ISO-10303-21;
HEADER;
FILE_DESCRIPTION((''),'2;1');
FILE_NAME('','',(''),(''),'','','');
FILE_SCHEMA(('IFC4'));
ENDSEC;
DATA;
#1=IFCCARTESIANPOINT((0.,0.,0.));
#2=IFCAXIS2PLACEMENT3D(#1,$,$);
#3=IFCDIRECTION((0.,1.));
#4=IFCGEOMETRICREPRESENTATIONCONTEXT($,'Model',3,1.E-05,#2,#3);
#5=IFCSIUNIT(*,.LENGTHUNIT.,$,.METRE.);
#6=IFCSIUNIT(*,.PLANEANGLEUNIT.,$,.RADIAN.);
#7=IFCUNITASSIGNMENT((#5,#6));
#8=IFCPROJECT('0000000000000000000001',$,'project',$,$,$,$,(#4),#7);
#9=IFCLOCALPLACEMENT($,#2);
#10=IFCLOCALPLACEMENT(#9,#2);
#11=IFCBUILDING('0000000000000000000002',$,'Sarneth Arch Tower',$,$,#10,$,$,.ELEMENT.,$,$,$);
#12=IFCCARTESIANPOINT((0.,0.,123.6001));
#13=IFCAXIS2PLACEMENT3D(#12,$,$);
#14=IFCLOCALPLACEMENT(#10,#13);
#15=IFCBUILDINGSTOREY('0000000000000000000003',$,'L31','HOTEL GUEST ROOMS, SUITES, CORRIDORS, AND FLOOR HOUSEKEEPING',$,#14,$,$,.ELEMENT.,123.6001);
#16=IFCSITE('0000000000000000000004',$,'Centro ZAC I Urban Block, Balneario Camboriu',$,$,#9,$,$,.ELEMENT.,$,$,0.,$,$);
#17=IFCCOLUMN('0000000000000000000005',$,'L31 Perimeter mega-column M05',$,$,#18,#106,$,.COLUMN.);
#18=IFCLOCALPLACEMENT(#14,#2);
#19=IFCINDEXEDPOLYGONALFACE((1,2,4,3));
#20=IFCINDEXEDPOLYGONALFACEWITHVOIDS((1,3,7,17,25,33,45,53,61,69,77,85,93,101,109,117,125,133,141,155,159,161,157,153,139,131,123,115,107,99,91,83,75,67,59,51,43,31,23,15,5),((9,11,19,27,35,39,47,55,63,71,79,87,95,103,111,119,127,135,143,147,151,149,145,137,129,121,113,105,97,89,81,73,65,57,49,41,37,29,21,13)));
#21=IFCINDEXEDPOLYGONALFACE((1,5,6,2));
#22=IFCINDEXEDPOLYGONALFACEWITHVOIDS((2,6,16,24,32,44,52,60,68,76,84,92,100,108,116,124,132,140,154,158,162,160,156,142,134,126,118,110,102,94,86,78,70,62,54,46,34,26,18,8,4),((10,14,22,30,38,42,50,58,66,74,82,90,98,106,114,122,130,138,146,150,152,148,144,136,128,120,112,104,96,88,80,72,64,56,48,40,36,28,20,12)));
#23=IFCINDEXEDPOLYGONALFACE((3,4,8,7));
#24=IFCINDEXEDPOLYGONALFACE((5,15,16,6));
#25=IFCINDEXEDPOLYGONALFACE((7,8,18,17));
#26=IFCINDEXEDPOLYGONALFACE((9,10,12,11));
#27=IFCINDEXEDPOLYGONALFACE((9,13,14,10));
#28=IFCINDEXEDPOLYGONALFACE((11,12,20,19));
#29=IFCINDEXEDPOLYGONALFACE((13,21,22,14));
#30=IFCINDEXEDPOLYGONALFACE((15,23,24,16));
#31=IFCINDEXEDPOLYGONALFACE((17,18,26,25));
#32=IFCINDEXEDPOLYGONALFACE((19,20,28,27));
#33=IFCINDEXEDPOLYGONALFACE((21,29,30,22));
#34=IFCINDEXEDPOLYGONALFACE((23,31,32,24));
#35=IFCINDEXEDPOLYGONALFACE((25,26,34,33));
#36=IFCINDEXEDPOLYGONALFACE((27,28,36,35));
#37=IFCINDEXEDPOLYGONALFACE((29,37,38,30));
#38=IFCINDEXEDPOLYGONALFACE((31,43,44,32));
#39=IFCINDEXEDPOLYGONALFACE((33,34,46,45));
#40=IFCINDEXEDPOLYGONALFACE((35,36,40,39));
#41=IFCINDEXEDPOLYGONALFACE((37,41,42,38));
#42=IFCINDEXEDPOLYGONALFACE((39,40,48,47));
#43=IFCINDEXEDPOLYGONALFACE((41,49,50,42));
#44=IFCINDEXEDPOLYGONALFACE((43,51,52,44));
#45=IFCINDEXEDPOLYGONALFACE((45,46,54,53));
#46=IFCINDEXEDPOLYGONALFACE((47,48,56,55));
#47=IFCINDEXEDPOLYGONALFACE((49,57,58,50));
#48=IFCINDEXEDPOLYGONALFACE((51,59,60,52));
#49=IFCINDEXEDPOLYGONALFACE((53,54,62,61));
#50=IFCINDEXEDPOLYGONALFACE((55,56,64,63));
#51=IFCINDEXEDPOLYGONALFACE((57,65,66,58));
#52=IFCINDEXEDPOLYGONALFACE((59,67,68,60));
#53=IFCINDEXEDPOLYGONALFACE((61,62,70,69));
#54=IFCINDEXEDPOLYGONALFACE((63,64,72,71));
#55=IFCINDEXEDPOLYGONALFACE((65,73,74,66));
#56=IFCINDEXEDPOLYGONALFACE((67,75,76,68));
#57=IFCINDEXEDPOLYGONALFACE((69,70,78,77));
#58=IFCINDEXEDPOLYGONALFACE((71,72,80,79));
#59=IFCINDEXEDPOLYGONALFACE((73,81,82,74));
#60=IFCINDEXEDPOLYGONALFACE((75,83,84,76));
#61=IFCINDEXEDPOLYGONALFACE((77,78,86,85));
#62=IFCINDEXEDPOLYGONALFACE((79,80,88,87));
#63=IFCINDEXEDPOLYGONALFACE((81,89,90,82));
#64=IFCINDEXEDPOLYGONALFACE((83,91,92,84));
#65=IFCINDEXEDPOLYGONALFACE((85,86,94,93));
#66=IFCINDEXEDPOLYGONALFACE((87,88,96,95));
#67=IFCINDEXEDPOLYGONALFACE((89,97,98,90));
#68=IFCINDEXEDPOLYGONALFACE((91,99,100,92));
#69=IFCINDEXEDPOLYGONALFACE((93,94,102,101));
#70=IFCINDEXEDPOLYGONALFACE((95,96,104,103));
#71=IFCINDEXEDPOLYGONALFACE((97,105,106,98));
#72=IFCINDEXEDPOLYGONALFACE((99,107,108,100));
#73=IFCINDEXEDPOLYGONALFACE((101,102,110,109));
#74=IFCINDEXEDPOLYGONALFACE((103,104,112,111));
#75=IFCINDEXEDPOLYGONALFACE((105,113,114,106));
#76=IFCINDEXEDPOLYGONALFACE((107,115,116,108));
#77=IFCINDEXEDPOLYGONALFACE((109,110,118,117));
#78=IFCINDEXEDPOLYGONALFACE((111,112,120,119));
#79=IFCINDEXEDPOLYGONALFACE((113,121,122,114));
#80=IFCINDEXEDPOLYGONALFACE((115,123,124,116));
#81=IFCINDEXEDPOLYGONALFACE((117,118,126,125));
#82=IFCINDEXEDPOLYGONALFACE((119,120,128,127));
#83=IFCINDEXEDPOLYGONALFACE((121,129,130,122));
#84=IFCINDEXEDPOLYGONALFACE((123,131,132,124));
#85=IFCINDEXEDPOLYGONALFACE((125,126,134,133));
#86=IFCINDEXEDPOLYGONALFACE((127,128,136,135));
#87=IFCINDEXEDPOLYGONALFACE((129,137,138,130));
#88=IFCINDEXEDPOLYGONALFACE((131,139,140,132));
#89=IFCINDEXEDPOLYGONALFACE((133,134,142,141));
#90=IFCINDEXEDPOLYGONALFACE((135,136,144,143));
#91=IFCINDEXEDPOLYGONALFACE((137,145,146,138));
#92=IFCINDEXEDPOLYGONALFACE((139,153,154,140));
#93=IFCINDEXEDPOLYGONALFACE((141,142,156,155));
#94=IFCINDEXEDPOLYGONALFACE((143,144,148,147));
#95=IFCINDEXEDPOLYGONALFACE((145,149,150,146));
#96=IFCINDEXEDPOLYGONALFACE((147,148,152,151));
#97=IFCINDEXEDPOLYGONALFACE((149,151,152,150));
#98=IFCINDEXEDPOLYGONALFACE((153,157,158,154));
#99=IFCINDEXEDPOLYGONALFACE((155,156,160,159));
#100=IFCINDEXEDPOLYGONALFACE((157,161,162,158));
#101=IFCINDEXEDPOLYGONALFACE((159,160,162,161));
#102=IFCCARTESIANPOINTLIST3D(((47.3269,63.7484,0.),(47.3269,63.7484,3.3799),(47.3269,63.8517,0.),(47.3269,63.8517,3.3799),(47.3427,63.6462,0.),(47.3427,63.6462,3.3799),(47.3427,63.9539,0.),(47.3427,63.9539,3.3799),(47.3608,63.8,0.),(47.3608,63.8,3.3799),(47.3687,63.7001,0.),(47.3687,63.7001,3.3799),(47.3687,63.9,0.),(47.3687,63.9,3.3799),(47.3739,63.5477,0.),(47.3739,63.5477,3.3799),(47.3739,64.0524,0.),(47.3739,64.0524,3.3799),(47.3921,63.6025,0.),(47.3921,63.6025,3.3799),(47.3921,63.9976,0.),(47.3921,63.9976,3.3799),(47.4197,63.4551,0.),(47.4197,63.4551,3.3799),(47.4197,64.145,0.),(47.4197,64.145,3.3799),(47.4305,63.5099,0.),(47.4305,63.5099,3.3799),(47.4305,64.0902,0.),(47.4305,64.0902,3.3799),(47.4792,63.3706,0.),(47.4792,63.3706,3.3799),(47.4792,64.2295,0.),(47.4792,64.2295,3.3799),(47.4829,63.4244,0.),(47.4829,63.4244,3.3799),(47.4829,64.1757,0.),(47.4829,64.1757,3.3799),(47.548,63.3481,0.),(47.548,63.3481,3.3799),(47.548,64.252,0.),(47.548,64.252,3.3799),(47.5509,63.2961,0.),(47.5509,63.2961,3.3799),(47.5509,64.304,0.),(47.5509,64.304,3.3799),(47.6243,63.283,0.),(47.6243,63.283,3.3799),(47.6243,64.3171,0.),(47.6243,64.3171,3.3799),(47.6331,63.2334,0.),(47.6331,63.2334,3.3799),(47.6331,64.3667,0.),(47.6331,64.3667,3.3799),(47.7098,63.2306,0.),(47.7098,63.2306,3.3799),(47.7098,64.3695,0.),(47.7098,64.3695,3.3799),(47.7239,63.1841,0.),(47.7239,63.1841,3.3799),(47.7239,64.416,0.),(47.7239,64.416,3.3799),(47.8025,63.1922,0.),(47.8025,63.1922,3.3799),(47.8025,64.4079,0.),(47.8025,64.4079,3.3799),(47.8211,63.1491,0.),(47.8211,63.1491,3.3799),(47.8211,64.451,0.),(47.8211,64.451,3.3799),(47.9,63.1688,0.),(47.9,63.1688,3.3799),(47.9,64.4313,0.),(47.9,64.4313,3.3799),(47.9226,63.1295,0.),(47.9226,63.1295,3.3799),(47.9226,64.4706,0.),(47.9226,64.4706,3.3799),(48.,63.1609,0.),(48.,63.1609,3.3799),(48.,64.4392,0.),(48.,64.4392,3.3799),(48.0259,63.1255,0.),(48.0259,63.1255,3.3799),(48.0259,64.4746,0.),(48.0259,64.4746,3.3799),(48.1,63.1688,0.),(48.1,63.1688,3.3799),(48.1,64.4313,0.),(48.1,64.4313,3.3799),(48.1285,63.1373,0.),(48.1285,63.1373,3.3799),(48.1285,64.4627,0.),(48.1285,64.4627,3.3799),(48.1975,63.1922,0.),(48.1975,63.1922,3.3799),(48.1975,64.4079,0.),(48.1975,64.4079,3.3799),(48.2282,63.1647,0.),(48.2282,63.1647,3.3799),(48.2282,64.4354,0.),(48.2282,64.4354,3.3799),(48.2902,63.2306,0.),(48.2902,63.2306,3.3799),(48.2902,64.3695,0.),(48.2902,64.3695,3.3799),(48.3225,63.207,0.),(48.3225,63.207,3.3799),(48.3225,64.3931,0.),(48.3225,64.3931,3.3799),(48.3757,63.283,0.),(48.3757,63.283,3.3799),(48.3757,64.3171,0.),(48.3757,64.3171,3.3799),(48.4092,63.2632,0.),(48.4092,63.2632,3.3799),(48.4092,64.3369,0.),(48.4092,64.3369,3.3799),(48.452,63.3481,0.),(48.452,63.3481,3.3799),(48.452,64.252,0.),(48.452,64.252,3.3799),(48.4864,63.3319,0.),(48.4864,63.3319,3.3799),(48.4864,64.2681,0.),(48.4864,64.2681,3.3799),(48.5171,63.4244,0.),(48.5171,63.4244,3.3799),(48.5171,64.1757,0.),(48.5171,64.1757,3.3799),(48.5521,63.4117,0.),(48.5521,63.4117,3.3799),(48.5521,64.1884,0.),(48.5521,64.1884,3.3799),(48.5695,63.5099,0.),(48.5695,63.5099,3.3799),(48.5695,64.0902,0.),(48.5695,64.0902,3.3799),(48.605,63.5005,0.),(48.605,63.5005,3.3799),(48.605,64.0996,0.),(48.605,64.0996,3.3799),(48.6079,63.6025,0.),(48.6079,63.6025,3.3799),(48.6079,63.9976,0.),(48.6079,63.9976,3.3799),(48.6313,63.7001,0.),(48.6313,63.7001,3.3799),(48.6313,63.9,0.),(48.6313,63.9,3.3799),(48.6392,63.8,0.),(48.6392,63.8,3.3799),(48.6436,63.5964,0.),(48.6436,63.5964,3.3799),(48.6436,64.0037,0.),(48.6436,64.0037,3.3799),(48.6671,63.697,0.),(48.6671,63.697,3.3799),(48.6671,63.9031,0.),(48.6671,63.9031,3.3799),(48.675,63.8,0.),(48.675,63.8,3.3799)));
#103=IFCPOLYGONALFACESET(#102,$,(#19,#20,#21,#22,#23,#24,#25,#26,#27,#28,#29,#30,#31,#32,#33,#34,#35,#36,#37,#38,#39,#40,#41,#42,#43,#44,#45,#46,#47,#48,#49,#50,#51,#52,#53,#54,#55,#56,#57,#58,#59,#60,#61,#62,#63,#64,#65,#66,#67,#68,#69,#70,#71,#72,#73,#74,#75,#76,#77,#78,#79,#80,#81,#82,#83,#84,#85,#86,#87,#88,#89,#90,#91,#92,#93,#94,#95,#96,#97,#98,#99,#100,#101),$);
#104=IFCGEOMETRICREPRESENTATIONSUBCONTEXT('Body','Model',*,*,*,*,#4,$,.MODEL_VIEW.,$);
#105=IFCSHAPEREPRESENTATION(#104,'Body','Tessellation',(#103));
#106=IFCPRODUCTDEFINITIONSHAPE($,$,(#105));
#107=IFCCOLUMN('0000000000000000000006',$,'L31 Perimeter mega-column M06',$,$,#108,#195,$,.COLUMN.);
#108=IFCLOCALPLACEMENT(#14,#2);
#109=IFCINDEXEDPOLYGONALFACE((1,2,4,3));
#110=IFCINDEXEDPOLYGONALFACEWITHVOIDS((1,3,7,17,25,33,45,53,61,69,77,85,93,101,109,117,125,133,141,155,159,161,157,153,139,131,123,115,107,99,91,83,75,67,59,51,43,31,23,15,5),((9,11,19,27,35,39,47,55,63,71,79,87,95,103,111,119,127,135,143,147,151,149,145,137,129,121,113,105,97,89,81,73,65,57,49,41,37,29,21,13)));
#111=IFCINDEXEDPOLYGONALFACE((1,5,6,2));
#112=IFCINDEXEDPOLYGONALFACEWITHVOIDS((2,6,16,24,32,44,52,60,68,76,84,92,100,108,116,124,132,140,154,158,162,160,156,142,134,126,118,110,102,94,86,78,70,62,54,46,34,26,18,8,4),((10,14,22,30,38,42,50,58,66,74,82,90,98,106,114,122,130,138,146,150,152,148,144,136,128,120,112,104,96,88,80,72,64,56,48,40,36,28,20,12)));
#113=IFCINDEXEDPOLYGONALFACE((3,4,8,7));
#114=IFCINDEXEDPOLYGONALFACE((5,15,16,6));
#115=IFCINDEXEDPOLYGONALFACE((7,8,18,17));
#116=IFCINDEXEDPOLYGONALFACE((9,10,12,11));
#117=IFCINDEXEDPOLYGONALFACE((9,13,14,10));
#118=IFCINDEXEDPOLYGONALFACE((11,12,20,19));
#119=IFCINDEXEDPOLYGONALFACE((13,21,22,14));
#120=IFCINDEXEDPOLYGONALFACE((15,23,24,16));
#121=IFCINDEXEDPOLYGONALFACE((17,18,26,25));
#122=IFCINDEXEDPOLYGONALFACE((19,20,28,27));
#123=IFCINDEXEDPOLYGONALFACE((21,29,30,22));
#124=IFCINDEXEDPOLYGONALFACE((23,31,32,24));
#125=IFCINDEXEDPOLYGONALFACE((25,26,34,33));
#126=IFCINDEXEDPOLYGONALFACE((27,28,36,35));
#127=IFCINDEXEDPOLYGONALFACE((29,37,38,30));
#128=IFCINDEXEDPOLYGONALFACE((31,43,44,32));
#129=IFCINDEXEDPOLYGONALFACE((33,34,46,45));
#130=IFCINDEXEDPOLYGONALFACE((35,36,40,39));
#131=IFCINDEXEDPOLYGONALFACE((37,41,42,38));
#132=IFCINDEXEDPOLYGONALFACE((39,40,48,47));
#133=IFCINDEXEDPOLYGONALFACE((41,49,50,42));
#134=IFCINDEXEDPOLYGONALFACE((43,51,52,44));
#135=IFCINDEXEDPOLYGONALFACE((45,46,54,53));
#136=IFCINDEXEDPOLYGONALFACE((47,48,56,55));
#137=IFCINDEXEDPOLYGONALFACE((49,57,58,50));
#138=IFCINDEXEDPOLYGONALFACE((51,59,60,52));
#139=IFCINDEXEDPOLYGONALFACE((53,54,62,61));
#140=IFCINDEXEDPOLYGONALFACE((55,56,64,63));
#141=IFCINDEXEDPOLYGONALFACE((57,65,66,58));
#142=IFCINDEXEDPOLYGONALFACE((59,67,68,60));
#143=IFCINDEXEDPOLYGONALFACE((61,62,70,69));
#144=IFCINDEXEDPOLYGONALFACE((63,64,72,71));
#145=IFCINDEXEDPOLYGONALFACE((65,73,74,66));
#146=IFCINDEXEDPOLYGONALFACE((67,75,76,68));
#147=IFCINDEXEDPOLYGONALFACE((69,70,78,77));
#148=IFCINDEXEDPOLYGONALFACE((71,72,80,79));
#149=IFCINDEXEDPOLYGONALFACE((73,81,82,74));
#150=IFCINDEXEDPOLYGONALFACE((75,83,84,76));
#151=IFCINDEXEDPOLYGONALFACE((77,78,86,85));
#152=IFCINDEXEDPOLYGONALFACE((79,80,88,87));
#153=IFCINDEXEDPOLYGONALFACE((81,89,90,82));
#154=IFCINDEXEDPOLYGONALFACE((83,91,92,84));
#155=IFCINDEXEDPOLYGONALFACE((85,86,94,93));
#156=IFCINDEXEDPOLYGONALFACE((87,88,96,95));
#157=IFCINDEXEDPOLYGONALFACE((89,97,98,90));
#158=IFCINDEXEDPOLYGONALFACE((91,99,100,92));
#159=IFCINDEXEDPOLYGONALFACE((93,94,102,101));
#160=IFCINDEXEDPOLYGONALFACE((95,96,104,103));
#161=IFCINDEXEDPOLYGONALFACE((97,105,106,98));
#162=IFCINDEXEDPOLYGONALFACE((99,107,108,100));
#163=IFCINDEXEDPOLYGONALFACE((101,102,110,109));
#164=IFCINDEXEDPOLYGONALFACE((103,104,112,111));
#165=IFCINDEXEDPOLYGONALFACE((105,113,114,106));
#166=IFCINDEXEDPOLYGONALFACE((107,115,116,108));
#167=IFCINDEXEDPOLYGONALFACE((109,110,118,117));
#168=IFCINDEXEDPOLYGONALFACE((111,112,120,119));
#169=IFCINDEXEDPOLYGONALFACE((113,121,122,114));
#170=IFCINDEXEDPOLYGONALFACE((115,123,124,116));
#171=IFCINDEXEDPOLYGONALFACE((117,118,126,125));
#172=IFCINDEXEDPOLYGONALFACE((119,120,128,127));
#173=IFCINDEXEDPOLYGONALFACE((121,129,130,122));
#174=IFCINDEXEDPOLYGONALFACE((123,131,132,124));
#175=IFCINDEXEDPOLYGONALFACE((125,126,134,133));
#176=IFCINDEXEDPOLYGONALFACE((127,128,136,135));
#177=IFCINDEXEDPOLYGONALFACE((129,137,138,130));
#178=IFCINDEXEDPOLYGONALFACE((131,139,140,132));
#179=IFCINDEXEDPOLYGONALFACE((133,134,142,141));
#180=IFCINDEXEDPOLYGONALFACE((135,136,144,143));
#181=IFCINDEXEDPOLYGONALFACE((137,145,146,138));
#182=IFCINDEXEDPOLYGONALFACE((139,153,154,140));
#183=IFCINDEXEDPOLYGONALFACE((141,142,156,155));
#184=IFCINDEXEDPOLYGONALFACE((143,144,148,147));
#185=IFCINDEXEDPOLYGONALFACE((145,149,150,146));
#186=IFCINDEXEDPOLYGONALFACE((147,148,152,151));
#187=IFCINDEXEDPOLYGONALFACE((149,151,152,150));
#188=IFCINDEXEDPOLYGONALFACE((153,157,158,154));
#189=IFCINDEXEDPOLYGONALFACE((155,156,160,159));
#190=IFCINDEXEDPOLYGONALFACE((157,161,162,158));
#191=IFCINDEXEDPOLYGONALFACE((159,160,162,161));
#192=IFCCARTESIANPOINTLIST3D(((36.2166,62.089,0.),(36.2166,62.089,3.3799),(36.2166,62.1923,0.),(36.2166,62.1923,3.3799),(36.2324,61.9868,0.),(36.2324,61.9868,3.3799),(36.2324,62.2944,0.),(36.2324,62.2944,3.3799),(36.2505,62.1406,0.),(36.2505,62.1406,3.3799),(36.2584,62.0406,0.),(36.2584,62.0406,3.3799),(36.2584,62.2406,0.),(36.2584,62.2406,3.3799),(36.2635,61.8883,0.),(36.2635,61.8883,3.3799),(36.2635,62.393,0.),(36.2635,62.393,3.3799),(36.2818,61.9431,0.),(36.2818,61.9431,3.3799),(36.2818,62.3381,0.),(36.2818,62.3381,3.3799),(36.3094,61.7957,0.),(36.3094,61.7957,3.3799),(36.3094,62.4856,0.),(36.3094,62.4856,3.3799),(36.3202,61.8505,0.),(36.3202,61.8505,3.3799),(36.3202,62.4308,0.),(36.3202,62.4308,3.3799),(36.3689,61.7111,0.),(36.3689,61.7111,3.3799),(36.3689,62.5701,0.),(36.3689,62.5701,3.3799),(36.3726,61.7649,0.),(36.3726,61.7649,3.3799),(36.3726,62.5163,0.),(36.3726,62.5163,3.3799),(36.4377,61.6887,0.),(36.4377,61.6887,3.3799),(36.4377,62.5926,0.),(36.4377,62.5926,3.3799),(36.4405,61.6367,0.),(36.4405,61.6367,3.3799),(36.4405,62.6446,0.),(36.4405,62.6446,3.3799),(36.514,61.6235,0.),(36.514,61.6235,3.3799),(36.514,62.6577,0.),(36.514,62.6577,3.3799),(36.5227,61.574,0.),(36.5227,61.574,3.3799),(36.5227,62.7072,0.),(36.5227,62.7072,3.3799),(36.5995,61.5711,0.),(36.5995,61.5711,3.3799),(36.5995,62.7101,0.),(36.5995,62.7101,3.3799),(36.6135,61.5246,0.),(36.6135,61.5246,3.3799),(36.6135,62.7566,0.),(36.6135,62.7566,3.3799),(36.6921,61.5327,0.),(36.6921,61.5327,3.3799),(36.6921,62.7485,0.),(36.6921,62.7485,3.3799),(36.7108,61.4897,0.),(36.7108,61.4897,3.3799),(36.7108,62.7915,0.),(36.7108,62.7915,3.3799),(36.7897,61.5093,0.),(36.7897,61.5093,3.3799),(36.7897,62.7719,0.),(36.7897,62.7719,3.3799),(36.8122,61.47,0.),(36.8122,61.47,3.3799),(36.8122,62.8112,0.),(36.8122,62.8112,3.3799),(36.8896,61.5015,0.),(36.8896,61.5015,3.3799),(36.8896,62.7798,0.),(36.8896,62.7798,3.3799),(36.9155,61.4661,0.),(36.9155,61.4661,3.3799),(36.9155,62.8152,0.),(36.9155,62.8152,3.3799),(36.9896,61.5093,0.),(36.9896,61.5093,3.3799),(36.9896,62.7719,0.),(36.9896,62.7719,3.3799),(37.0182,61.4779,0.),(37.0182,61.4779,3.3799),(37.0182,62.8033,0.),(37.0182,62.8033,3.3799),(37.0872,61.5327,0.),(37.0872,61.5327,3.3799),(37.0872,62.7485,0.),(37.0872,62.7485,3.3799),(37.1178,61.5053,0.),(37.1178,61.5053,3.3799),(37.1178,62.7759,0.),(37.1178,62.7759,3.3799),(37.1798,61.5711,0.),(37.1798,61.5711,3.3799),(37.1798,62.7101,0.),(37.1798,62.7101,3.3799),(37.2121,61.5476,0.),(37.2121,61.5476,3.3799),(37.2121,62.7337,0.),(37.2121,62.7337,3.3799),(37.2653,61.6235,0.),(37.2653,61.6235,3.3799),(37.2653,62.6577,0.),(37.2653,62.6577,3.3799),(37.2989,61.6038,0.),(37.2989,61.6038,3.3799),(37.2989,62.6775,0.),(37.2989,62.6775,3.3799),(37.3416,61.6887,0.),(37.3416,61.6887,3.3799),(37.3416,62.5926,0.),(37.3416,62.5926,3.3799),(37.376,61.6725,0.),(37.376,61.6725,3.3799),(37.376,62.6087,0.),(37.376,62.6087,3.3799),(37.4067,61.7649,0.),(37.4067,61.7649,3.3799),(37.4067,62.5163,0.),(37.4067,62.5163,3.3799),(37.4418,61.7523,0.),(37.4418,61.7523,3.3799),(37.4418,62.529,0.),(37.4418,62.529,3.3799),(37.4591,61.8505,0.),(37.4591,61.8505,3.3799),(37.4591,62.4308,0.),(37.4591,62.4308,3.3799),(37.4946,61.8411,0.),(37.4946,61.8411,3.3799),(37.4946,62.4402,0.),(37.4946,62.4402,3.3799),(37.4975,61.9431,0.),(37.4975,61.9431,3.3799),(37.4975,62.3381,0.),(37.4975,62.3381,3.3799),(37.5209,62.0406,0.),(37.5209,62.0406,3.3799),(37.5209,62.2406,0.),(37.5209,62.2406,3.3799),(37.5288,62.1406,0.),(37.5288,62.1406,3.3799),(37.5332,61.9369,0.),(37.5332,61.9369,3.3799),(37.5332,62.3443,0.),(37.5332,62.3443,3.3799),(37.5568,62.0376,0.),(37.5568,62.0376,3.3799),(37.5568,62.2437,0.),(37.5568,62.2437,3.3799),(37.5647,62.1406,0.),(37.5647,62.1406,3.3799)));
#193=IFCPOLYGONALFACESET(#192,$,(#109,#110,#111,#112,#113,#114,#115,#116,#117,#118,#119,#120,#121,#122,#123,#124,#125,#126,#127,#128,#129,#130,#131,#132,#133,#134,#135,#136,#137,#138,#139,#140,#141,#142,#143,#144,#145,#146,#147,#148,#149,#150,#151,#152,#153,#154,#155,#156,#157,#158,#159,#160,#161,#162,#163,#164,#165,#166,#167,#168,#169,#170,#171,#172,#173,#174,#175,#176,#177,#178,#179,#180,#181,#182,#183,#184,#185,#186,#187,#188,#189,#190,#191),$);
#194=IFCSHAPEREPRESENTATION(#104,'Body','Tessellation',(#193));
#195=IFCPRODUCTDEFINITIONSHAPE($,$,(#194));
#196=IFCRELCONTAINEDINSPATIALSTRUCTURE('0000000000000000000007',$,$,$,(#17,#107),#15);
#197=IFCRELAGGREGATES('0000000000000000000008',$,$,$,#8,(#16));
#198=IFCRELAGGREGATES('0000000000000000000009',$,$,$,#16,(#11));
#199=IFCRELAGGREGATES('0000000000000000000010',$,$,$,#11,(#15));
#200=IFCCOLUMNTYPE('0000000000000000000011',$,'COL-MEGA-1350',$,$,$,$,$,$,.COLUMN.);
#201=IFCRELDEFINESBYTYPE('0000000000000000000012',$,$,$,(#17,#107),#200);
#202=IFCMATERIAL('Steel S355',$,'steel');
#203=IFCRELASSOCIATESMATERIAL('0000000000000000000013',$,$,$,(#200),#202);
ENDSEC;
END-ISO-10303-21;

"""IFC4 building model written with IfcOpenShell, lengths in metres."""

from ifc_helpers import new_model, si_unit, direction, frame, origin, origin_2d, place, context, subcontext, project, spatial, hollow_circle, extrude, material, material_profile, profile_set, type_object, element, save


model = new_model("IFC4")

# Units and contexts
model_context = context("Model", 3, precision=1e-05, world=origin(), true_north=direction((0.0, 1.0)))
body_context = subcontext(model_context, "Body", "Model", "MODEL_VIEW")
ifc_project = project(units=[si_unit("LENGTHUNIT", "METRE"), si_unit("PLANEANGLEUNIT", "RADIAN")], contexts=[model_context])

# Site, building, storey
site_placement = place(None, origin())
site = spatial("IfcSite", under=ifc_project, at=site_placement, Name="Centro ZAC I Urban Block, Balneario Camboriu", CompositionType="ELEMENT", RefElevation=0.0)
building_placement = place(site_placement, origin())
building = spatial("IfcBuilding", under=site, at=building_placement, Name="Sarneth Arch Tower", CompositionType="ELEMENT")
storey_placement = place(building_placement, frame((0.0, 0.0, 123.6001)))
storey = spatial("IfcBuildingStorey", under=building, at=storey_placement, Name="L31", Description="HOTEL GUEST ROOMS, SUITES, CORRIDORS, AND FLOOR HOUSEKEEPING", CompositionType="ELEMENT", Elevation=123.6001)

# Columns
ifc_material_1 = material(Name="Steel S355", Category="steel")
ifc_material_profile_1 = material_profile(ifc_material_1, hollow_circle(Radius=0.675, WallThickness=0.0359, at=origin_2d()), Name="CHS1350x36")
ifc_profile_set_1 = profile_set([ifc_material_profile_1], Name="Steel S355")
column_type = type_object("IfcColumnType", Name="COL-MEGA-1350", PredefinedType="COLUMN", material=ifc_profile_set_1)
for number, where, z_axis, x_axis, name in (
    (1, (48.0, 63.8, 0.0), (0.0, 0.0, 1.0), (1.0, 0.0, 0.0), "L31 Perimeter mega-column M05"),
    (2, (36.8896, 62.1406, 0.0), (0.0, 0.0, 1.0), (1.0, 0.0, 0.0), "L31 Perimeter mega-column M06"),
):
    element("IfcColumn", number, at=place(storey_placement, frame(where, z_axis=z_axis, x_axis=x_axis)), inside=storey, type_object=column_type, Name=name, PredefinedType="COLUMN", context=body_context, shape_type="SweptSolid", body=[
        extrude(hollow_circle(Radius=0.675, WallThickness=0.0359, at=origin_2d()), origin(), (0.0, 0.0, 1.0), 3.3799),
    ])

save(model, "model.ifc")
